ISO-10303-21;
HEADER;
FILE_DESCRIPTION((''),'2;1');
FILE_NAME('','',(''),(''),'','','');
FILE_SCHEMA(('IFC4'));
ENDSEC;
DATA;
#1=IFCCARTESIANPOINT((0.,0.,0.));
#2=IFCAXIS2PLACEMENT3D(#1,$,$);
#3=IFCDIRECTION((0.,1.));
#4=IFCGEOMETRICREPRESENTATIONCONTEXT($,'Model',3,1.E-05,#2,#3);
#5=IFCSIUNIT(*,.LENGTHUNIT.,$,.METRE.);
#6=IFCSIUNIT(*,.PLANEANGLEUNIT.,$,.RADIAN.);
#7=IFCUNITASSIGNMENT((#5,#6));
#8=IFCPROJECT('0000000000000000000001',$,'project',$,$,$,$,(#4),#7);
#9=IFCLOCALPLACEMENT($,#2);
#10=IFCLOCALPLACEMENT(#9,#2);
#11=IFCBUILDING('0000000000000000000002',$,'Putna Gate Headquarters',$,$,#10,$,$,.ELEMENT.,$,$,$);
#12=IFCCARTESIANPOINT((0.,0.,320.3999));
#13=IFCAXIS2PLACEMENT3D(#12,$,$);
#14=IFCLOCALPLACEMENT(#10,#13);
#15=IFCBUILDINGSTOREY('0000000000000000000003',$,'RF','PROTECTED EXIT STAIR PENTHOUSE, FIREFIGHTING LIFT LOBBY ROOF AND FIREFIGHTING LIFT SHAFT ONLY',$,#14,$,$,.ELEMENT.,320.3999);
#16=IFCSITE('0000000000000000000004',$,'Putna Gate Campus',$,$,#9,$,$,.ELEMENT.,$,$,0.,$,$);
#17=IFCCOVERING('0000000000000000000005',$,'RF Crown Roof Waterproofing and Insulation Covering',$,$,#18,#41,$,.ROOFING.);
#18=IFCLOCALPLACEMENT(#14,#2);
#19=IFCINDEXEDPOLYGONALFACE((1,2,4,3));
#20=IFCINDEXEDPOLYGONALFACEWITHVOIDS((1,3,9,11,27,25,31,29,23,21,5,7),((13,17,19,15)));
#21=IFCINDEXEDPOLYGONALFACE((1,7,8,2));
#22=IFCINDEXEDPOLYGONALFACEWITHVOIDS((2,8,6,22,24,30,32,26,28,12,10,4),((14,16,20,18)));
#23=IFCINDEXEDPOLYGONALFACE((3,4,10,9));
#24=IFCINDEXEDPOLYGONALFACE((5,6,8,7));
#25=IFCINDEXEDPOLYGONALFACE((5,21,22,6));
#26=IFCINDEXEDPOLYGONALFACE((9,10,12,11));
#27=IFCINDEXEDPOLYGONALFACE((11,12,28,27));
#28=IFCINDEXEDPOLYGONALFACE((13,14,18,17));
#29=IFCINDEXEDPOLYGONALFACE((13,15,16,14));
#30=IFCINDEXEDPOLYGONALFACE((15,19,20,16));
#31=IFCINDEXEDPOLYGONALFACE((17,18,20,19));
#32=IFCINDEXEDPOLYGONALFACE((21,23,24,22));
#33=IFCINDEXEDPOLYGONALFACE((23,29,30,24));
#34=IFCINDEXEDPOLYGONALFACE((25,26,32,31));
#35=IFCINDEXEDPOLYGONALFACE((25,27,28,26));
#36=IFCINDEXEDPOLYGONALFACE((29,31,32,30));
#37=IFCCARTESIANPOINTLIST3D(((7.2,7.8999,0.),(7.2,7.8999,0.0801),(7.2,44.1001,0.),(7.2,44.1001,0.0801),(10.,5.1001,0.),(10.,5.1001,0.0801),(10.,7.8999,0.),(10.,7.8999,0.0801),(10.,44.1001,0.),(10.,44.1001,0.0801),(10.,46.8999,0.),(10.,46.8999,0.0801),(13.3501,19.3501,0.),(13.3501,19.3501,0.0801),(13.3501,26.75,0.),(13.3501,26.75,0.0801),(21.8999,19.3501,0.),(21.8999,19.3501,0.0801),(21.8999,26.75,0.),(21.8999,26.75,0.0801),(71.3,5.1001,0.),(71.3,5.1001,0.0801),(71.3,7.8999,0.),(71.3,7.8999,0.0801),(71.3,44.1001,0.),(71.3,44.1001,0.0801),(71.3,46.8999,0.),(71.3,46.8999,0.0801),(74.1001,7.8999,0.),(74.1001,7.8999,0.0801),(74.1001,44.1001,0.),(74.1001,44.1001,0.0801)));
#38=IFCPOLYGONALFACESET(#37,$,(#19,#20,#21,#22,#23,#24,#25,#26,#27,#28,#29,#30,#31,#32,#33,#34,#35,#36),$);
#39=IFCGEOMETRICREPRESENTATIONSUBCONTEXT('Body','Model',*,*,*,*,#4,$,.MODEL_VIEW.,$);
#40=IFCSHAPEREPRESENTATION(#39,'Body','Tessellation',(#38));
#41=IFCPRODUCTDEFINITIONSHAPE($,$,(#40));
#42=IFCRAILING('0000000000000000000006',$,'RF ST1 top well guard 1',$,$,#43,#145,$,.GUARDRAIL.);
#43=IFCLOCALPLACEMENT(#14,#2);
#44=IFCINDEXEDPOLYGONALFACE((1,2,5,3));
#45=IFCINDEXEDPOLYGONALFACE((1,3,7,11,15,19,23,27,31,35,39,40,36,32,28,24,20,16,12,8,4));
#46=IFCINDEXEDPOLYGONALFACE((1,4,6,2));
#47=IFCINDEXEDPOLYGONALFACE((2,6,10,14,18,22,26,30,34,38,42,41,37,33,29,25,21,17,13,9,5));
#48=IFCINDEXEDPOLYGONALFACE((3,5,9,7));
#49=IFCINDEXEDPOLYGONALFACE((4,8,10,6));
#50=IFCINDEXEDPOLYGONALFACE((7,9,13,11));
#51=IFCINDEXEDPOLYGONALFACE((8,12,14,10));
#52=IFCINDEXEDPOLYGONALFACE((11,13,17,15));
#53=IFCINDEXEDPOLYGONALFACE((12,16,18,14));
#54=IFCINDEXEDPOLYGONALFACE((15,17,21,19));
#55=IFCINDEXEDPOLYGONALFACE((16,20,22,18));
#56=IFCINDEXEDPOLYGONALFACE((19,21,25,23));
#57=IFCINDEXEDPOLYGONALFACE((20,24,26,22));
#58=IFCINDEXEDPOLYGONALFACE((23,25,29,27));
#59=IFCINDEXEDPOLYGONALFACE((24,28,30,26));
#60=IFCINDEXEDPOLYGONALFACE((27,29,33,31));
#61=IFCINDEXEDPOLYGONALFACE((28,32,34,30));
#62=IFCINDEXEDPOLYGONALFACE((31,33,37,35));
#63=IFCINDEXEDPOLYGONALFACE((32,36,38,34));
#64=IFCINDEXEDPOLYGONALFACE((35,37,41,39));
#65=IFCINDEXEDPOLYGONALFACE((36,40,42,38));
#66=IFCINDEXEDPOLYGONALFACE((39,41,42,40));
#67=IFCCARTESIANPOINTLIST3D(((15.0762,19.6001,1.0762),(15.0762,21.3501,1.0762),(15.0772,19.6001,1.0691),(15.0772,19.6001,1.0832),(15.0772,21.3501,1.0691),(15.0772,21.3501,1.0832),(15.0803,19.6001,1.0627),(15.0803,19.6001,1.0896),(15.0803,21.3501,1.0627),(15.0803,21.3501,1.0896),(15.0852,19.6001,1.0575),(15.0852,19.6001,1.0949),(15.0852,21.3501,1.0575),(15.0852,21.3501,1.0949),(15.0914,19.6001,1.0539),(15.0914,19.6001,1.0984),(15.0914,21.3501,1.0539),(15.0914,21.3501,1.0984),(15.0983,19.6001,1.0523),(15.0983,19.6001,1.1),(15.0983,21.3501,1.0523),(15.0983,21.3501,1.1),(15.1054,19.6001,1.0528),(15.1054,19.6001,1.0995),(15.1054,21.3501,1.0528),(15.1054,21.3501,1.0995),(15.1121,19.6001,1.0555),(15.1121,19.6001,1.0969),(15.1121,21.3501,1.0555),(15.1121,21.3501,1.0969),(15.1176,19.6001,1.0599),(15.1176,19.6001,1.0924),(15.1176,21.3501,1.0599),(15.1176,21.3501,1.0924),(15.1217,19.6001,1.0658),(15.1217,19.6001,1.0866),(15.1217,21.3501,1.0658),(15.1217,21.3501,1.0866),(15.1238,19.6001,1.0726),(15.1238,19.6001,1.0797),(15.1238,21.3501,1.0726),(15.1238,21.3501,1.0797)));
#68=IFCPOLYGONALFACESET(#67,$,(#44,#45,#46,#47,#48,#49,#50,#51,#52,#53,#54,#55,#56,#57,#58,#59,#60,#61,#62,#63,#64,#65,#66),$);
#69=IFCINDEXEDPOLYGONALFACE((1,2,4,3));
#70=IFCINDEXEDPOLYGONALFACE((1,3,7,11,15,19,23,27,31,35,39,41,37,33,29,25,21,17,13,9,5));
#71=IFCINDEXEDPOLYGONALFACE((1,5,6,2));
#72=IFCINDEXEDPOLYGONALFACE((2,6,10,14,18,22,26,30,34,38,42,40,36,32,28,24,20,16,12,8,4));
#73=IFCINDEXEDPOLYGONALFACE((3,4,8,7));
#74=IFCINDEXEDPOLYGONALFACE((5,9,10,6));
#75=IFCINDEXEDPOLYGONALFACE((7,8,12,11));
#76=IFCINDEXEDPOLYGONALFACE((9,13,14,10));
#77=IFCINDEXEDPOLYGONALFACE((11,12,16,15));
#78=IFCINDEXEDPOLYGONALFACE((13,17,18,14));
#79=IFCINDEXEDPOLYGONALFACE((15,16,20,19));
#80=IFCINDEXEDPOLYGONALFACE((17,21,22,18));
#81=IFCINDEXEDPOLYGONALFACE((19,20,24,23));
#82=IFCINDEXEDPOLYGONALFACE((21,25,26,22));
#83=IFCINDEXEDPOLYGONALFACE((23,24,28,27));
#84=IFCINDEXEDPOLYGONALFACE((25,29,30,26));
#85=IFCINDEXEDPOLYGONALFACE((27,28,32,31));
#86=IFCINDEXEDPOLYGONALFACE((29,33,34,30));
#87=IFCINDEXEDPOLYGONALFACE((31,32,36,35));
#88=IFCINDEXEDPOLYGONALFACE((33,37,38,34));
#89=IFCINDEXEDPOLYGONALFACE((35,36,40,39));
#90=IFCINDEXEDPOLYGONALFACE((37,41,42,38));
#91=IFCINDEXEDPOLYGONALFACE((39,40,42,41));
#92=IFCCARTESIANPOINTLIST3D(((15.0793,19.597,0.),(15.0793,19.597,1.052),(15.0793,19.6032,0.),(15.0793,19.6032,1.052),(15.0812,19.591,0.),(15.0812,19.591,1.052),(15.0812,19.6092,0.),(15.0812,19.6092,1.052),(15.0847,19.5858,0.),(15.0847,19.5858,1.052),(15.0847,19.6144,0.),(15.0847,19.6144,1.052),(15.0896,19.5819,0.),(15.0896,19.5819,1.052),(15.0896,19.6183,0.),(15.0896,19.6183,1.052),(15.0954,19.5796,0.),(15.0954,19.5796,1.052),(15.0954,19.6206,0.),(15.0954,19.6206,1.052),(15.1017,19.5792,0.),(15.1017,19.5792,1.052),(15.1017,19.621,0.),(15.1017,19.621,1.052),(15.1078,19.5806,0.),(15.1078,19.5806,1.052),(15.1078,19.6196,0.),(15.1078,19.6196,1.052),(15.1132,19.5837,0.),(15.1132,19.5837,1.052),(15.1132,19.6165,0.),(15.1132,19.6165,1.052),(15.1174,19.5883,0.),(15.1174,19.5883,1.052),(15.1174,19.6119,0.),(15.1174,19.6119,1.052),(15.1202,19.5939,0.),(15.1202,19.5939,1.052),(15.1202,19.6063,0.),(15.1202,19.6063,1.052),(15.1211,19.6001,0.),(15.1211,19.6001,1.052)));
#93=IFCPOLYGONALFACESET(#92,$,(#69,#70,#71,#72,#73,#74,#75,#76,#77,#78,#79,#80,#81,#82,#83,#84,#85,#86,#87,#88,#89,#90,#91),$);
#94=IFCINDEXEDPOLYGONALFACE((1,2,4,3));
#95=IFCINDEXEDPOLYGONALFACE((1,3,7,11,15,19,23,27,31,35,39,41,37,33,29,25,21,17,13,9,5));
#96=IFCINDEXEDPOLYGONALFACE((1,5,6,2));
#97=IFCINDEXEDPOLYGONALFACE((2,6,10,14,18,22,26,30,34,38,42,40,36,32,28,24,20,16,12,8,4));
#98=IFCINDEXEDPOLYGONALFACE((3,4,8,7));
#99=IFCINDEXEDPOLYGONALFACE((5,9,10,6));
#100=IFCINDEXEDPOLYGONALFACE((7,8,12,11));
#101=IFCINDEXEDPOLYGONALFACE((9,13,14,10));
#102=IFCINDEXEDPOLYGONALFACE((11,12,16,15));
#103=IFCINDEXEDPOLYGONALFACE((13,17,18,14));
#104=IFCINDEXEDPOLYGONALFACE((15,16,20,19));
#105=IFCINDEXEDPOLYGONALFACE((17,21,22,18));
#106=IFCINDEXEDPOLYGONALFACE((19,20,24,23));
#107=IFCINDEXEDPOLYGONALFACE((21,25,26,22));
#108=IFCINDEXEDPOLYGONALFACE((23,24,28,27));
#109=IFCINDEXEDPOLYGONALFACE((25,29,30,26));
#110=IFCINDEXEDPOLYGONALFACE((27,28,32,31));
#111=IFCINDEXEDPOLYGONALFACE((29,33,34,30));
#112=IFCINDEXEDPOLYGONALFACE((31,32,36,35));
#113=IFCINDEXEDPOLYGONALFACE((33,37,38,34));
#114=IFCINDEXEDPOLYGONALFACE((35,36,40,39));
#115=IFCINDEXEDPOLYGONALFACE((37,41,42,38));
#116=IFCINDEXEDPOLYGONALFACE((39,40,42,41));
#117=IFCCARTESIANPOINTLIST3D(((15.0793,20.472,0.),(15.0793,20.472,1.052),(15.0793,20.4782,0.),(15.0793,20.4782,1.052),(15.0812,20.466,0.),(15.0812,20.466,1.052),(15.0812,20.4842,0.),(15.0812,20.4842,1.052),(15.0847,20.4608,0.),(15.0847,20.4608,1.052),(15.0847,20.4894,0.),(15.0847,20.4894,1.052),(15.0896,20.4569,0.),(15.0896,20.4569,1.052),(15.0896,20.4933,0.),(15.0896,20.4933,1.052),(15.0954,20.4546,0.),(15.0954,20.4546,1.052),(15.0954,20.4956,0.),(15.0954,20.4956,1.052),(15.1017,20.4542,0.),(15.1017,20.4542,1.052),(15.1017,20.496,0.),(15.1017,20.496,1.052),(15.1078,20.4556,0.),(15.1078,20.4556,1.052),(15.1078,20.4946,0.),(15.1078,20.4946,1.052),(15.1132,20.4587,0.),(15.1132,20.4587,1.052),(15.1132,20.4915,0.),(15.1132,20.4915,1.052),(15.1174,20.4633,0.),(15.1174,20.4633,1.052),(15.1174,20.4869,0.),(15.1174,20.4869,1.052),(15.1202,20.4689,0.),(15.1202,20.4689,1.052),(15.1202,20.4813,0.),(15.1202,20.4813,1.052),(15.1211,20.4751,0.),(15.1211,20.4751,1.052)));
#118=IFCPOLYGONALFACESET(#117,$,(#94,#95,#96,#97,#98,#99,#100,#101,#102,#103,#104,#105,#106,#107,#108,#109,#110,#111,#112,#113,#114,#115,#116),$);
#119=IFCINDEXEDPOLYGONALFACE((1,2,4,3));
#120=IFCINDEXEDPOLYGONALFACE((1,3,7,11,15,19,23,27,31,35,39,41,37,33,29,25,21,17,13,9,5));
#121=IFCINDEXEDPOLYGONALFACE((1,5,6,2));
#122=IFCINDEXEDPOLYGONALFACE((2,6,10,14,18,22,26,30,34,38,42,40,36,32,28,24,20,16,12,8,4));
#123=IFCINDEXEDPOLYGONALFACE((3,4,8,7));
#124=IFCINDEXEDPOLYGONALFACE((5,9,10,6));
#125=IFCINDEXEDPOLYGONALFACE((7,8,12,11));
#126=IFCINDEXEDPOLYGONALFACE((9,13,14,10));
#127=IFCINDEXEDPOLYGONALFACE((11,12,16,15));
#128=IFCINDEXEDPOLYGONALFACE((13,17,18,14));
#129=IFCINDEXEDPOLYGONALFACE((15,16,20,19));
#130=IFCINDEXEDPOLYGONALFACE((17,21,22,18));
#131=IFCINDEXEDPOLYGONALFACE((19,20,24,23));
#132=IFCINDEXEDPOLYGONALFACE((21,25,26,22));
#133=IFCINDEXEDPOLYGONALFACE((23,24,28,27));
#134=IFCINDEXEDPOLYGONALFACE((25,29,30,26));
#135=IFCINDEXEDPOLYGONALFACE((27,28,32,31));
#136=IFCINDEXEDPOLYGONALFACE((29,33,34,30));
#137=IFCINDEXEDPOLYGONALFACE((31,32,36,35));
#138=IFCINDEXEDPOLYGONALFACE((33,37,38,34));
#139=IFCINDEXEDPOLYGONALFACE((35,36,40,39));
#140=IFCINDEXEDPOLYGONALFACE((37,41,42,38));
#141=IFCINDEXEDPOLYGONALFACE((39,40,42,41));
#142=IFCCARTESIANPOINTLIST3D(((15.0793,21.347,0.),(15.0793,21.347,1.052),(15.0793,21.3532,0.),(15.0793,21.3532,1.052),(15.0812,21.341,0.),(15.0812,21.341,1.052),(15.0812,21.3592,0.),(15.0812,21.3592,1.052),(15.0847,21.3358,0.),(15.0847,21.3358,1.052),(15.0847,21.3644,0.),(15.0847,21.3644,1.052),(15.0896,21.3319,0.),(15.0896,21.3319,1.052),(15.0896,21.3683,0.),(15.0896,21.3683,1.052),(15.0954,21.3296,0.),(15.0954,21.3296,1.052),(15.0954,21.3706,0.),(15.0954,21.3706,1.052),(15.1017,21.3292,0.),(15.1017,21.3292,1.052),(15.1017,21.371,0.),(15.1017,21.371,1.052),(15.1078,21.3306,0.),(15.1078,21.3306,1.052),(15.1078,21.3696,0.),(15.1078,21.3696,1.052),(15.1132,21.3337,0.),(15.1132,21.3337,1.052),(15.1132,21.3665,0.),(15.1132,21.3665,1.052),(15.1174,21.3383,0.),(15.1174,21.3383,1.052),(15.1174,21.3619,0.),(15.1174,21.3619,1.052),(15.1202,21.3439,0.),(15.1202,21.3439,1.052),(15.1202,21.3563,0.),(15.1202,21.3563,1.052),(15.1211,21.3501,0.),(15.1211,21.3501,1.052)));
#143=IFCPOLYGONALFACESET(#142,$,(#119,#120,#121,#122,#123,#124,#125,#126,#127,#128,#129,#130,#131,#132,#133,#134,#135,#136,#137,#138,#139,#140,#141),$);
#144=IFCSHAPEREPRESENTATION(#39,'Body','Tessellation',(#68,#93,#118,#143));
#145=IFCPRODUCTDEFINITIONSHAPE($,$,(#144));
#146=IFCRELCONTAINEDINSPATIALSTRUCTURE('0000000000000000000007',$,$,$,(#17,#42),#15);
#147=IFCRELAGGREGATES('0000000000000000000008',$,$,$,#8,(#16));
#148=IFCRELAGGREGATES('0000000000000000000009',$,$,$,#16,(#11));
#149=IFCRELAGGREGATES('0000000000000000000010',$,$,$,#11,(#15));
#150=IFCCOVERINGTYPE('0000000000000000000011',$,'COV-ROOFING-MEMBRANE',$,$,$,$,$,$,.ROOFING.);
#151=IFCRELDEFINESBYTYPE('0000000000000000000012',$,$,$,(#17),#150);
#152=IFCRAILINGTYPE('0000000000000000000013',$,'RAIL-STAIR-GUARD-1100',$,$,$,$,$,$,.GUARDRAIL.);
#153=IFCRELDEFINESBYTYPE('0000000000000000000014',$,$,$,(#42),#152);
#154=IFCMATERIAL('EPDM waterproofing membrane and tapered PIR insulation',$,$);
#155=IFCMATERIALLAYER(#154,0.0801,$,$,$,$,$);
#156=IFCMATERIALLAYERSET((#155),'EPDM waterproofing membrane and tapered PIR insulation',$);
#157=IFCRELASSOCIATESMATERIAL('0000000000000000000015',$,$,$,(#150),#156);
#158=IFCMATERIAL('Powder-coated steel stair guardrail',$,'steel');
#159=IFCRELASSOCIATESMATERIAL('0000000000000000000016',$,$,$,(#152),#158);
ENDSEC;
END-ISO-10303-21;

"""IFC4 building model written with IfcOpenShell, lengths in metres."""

from ifc_helpers import new_model, si_unit, direction, frame, origin, origin_2d, place, context, subcontext, project, spatial, polyline, circle, outline, extrude, material, layer, layer_set, type_object, element, save


model = new_model("IFC4")

# Units and contexts
model_context = context("Model", 3, precision=1e-05, world=origin(), true_north=direction((0.0, 1.0)))
body_context = subcontext(model_context, "Body", "Model", "MODEL_VIEW")
ifc_project = project(units=[si_unit("LENGTHUNIT", "METRE"), si_unit("PLANEANGLEUNIT", "RADIAN")], contexts=[model_context])

# Site, building, storey
site_placement = place(None, origin())
site = spatial("IfcSite", under=ifc_project, at=site_placement, Name="Putna Gate Campus", CompositionType="ELEMENT", RefElevation=0.0)
building_placement = place(site_placement, origin())
building = spatial("IfcBuilding", under=site, at=building_placement, Name="Putna Gate Headquarters", CompositionType="ELEMENT")
storey_placement = place(building_placement, frame((0.0, 0.0, 320.3999)))
storey = spatial("IfcBuildingStorey", under=building, at=storey_placement, Name="RF", Description="PROTECTED EXIT STAIR PENTHOUSE, FIREFIGHTING LIFT LOBBY ROOF AND FIREFIGHTING LIFT SHAFT ONLY", CompositionType="ELEMENT", Elevation=320.3999)

# Covering
ifc_material_1 = material(Name="EPDM waterproofing membrane and tapered PIR insulation")
ifc_layer_1 = layer(ifc_material_1, 0.0801)
ifc_layer_set_1 = layer_set([ifc_layer_1], Name="EPDM waterproofing membrane and tapered PIR insulation")
covering_type_1 = type_object("IfcCoveringType", Name="COV-ROOFING-MEMBRANE", PredefinedType="ROOFING", material=ifc_layer_set_1)
covering_1_placement = place(storey_placement, origin())
element("IfcCovering", 1, at=covering_1_placement, inside=storey, type_object=covering_type_1, Name="RF Crown Roof Waterproofing and Insulation Covering", PredefinedType="ROOFING", context=body_context, shape_type="SweptSolid", body=[
    extrude(outline(polyline([(10.0, 5.1001), (71.3, 5.1001), (71.3, 7.8999), (74.1001, 7.8999), (74.1001, 44.1001), (71.3, 44.1001), (71.3, 46.8999), (10.0, 46.8999), (10.0, 44.1001), (7.2, 44.1001), (7.2, 7.8999), (10.0, 7.8999), (10.0, 5.1001)]), holes=[polyline([(13.3501, 19.3501), (21.8999, 19.3501), (21.8999, 26.75), (13.3501, 26.75), (13.3501, 19.3501)])]), origin(), (0.0, 0.0, 1.0), 0.0801),
])

# Railing
ifc_material_2 = material(Name="Powder-coated steel stair guardrail", Category="steel")
railing_type = type_object("IfcRailingType", Name="RAIL-STAIR-GUARD-1100", PredefinedType="GUARDRAIL", material=ifc_material_2)
railing_placement = place(storey_placement, frame((15.1001, 19.6001, 0.0)))
element("IfcRailing", 2, at=railing_placement, inside=storey, type_object=railing_type, Name="RF ST1 top well guard 1", PredefinedType="GUARDRAIL", context=body_context, shape_type="SweptSolid", body=[
    extrude(circle(Radius=0.0239, at=origin_2d()), frame((0.0, 0.0, 1.0762), z_axis=(0.0, 1.0, 0.0), x_axis=(-1.0, 0.0, 0.0)), (0.0, 0.0, 1.0), 1.75),
    extrude(circle(Radius=0.021, at=origin_2d()), origin(), (0.0, 0.0, 1.0), 1.052),
    extrude(circle(Radius=0.021, at=origin_2d()), frame((0.0, 0.875, 0.0)), (0.0, 0.0, 1.0), 1.052),
    extrude(circle(Radius=0.021, at=origin_2d()), frame((0.0, 1.75, 0.0)), (0.0, 0.0, 1.0), 1.052),
])

save(model, "model.ifc")
